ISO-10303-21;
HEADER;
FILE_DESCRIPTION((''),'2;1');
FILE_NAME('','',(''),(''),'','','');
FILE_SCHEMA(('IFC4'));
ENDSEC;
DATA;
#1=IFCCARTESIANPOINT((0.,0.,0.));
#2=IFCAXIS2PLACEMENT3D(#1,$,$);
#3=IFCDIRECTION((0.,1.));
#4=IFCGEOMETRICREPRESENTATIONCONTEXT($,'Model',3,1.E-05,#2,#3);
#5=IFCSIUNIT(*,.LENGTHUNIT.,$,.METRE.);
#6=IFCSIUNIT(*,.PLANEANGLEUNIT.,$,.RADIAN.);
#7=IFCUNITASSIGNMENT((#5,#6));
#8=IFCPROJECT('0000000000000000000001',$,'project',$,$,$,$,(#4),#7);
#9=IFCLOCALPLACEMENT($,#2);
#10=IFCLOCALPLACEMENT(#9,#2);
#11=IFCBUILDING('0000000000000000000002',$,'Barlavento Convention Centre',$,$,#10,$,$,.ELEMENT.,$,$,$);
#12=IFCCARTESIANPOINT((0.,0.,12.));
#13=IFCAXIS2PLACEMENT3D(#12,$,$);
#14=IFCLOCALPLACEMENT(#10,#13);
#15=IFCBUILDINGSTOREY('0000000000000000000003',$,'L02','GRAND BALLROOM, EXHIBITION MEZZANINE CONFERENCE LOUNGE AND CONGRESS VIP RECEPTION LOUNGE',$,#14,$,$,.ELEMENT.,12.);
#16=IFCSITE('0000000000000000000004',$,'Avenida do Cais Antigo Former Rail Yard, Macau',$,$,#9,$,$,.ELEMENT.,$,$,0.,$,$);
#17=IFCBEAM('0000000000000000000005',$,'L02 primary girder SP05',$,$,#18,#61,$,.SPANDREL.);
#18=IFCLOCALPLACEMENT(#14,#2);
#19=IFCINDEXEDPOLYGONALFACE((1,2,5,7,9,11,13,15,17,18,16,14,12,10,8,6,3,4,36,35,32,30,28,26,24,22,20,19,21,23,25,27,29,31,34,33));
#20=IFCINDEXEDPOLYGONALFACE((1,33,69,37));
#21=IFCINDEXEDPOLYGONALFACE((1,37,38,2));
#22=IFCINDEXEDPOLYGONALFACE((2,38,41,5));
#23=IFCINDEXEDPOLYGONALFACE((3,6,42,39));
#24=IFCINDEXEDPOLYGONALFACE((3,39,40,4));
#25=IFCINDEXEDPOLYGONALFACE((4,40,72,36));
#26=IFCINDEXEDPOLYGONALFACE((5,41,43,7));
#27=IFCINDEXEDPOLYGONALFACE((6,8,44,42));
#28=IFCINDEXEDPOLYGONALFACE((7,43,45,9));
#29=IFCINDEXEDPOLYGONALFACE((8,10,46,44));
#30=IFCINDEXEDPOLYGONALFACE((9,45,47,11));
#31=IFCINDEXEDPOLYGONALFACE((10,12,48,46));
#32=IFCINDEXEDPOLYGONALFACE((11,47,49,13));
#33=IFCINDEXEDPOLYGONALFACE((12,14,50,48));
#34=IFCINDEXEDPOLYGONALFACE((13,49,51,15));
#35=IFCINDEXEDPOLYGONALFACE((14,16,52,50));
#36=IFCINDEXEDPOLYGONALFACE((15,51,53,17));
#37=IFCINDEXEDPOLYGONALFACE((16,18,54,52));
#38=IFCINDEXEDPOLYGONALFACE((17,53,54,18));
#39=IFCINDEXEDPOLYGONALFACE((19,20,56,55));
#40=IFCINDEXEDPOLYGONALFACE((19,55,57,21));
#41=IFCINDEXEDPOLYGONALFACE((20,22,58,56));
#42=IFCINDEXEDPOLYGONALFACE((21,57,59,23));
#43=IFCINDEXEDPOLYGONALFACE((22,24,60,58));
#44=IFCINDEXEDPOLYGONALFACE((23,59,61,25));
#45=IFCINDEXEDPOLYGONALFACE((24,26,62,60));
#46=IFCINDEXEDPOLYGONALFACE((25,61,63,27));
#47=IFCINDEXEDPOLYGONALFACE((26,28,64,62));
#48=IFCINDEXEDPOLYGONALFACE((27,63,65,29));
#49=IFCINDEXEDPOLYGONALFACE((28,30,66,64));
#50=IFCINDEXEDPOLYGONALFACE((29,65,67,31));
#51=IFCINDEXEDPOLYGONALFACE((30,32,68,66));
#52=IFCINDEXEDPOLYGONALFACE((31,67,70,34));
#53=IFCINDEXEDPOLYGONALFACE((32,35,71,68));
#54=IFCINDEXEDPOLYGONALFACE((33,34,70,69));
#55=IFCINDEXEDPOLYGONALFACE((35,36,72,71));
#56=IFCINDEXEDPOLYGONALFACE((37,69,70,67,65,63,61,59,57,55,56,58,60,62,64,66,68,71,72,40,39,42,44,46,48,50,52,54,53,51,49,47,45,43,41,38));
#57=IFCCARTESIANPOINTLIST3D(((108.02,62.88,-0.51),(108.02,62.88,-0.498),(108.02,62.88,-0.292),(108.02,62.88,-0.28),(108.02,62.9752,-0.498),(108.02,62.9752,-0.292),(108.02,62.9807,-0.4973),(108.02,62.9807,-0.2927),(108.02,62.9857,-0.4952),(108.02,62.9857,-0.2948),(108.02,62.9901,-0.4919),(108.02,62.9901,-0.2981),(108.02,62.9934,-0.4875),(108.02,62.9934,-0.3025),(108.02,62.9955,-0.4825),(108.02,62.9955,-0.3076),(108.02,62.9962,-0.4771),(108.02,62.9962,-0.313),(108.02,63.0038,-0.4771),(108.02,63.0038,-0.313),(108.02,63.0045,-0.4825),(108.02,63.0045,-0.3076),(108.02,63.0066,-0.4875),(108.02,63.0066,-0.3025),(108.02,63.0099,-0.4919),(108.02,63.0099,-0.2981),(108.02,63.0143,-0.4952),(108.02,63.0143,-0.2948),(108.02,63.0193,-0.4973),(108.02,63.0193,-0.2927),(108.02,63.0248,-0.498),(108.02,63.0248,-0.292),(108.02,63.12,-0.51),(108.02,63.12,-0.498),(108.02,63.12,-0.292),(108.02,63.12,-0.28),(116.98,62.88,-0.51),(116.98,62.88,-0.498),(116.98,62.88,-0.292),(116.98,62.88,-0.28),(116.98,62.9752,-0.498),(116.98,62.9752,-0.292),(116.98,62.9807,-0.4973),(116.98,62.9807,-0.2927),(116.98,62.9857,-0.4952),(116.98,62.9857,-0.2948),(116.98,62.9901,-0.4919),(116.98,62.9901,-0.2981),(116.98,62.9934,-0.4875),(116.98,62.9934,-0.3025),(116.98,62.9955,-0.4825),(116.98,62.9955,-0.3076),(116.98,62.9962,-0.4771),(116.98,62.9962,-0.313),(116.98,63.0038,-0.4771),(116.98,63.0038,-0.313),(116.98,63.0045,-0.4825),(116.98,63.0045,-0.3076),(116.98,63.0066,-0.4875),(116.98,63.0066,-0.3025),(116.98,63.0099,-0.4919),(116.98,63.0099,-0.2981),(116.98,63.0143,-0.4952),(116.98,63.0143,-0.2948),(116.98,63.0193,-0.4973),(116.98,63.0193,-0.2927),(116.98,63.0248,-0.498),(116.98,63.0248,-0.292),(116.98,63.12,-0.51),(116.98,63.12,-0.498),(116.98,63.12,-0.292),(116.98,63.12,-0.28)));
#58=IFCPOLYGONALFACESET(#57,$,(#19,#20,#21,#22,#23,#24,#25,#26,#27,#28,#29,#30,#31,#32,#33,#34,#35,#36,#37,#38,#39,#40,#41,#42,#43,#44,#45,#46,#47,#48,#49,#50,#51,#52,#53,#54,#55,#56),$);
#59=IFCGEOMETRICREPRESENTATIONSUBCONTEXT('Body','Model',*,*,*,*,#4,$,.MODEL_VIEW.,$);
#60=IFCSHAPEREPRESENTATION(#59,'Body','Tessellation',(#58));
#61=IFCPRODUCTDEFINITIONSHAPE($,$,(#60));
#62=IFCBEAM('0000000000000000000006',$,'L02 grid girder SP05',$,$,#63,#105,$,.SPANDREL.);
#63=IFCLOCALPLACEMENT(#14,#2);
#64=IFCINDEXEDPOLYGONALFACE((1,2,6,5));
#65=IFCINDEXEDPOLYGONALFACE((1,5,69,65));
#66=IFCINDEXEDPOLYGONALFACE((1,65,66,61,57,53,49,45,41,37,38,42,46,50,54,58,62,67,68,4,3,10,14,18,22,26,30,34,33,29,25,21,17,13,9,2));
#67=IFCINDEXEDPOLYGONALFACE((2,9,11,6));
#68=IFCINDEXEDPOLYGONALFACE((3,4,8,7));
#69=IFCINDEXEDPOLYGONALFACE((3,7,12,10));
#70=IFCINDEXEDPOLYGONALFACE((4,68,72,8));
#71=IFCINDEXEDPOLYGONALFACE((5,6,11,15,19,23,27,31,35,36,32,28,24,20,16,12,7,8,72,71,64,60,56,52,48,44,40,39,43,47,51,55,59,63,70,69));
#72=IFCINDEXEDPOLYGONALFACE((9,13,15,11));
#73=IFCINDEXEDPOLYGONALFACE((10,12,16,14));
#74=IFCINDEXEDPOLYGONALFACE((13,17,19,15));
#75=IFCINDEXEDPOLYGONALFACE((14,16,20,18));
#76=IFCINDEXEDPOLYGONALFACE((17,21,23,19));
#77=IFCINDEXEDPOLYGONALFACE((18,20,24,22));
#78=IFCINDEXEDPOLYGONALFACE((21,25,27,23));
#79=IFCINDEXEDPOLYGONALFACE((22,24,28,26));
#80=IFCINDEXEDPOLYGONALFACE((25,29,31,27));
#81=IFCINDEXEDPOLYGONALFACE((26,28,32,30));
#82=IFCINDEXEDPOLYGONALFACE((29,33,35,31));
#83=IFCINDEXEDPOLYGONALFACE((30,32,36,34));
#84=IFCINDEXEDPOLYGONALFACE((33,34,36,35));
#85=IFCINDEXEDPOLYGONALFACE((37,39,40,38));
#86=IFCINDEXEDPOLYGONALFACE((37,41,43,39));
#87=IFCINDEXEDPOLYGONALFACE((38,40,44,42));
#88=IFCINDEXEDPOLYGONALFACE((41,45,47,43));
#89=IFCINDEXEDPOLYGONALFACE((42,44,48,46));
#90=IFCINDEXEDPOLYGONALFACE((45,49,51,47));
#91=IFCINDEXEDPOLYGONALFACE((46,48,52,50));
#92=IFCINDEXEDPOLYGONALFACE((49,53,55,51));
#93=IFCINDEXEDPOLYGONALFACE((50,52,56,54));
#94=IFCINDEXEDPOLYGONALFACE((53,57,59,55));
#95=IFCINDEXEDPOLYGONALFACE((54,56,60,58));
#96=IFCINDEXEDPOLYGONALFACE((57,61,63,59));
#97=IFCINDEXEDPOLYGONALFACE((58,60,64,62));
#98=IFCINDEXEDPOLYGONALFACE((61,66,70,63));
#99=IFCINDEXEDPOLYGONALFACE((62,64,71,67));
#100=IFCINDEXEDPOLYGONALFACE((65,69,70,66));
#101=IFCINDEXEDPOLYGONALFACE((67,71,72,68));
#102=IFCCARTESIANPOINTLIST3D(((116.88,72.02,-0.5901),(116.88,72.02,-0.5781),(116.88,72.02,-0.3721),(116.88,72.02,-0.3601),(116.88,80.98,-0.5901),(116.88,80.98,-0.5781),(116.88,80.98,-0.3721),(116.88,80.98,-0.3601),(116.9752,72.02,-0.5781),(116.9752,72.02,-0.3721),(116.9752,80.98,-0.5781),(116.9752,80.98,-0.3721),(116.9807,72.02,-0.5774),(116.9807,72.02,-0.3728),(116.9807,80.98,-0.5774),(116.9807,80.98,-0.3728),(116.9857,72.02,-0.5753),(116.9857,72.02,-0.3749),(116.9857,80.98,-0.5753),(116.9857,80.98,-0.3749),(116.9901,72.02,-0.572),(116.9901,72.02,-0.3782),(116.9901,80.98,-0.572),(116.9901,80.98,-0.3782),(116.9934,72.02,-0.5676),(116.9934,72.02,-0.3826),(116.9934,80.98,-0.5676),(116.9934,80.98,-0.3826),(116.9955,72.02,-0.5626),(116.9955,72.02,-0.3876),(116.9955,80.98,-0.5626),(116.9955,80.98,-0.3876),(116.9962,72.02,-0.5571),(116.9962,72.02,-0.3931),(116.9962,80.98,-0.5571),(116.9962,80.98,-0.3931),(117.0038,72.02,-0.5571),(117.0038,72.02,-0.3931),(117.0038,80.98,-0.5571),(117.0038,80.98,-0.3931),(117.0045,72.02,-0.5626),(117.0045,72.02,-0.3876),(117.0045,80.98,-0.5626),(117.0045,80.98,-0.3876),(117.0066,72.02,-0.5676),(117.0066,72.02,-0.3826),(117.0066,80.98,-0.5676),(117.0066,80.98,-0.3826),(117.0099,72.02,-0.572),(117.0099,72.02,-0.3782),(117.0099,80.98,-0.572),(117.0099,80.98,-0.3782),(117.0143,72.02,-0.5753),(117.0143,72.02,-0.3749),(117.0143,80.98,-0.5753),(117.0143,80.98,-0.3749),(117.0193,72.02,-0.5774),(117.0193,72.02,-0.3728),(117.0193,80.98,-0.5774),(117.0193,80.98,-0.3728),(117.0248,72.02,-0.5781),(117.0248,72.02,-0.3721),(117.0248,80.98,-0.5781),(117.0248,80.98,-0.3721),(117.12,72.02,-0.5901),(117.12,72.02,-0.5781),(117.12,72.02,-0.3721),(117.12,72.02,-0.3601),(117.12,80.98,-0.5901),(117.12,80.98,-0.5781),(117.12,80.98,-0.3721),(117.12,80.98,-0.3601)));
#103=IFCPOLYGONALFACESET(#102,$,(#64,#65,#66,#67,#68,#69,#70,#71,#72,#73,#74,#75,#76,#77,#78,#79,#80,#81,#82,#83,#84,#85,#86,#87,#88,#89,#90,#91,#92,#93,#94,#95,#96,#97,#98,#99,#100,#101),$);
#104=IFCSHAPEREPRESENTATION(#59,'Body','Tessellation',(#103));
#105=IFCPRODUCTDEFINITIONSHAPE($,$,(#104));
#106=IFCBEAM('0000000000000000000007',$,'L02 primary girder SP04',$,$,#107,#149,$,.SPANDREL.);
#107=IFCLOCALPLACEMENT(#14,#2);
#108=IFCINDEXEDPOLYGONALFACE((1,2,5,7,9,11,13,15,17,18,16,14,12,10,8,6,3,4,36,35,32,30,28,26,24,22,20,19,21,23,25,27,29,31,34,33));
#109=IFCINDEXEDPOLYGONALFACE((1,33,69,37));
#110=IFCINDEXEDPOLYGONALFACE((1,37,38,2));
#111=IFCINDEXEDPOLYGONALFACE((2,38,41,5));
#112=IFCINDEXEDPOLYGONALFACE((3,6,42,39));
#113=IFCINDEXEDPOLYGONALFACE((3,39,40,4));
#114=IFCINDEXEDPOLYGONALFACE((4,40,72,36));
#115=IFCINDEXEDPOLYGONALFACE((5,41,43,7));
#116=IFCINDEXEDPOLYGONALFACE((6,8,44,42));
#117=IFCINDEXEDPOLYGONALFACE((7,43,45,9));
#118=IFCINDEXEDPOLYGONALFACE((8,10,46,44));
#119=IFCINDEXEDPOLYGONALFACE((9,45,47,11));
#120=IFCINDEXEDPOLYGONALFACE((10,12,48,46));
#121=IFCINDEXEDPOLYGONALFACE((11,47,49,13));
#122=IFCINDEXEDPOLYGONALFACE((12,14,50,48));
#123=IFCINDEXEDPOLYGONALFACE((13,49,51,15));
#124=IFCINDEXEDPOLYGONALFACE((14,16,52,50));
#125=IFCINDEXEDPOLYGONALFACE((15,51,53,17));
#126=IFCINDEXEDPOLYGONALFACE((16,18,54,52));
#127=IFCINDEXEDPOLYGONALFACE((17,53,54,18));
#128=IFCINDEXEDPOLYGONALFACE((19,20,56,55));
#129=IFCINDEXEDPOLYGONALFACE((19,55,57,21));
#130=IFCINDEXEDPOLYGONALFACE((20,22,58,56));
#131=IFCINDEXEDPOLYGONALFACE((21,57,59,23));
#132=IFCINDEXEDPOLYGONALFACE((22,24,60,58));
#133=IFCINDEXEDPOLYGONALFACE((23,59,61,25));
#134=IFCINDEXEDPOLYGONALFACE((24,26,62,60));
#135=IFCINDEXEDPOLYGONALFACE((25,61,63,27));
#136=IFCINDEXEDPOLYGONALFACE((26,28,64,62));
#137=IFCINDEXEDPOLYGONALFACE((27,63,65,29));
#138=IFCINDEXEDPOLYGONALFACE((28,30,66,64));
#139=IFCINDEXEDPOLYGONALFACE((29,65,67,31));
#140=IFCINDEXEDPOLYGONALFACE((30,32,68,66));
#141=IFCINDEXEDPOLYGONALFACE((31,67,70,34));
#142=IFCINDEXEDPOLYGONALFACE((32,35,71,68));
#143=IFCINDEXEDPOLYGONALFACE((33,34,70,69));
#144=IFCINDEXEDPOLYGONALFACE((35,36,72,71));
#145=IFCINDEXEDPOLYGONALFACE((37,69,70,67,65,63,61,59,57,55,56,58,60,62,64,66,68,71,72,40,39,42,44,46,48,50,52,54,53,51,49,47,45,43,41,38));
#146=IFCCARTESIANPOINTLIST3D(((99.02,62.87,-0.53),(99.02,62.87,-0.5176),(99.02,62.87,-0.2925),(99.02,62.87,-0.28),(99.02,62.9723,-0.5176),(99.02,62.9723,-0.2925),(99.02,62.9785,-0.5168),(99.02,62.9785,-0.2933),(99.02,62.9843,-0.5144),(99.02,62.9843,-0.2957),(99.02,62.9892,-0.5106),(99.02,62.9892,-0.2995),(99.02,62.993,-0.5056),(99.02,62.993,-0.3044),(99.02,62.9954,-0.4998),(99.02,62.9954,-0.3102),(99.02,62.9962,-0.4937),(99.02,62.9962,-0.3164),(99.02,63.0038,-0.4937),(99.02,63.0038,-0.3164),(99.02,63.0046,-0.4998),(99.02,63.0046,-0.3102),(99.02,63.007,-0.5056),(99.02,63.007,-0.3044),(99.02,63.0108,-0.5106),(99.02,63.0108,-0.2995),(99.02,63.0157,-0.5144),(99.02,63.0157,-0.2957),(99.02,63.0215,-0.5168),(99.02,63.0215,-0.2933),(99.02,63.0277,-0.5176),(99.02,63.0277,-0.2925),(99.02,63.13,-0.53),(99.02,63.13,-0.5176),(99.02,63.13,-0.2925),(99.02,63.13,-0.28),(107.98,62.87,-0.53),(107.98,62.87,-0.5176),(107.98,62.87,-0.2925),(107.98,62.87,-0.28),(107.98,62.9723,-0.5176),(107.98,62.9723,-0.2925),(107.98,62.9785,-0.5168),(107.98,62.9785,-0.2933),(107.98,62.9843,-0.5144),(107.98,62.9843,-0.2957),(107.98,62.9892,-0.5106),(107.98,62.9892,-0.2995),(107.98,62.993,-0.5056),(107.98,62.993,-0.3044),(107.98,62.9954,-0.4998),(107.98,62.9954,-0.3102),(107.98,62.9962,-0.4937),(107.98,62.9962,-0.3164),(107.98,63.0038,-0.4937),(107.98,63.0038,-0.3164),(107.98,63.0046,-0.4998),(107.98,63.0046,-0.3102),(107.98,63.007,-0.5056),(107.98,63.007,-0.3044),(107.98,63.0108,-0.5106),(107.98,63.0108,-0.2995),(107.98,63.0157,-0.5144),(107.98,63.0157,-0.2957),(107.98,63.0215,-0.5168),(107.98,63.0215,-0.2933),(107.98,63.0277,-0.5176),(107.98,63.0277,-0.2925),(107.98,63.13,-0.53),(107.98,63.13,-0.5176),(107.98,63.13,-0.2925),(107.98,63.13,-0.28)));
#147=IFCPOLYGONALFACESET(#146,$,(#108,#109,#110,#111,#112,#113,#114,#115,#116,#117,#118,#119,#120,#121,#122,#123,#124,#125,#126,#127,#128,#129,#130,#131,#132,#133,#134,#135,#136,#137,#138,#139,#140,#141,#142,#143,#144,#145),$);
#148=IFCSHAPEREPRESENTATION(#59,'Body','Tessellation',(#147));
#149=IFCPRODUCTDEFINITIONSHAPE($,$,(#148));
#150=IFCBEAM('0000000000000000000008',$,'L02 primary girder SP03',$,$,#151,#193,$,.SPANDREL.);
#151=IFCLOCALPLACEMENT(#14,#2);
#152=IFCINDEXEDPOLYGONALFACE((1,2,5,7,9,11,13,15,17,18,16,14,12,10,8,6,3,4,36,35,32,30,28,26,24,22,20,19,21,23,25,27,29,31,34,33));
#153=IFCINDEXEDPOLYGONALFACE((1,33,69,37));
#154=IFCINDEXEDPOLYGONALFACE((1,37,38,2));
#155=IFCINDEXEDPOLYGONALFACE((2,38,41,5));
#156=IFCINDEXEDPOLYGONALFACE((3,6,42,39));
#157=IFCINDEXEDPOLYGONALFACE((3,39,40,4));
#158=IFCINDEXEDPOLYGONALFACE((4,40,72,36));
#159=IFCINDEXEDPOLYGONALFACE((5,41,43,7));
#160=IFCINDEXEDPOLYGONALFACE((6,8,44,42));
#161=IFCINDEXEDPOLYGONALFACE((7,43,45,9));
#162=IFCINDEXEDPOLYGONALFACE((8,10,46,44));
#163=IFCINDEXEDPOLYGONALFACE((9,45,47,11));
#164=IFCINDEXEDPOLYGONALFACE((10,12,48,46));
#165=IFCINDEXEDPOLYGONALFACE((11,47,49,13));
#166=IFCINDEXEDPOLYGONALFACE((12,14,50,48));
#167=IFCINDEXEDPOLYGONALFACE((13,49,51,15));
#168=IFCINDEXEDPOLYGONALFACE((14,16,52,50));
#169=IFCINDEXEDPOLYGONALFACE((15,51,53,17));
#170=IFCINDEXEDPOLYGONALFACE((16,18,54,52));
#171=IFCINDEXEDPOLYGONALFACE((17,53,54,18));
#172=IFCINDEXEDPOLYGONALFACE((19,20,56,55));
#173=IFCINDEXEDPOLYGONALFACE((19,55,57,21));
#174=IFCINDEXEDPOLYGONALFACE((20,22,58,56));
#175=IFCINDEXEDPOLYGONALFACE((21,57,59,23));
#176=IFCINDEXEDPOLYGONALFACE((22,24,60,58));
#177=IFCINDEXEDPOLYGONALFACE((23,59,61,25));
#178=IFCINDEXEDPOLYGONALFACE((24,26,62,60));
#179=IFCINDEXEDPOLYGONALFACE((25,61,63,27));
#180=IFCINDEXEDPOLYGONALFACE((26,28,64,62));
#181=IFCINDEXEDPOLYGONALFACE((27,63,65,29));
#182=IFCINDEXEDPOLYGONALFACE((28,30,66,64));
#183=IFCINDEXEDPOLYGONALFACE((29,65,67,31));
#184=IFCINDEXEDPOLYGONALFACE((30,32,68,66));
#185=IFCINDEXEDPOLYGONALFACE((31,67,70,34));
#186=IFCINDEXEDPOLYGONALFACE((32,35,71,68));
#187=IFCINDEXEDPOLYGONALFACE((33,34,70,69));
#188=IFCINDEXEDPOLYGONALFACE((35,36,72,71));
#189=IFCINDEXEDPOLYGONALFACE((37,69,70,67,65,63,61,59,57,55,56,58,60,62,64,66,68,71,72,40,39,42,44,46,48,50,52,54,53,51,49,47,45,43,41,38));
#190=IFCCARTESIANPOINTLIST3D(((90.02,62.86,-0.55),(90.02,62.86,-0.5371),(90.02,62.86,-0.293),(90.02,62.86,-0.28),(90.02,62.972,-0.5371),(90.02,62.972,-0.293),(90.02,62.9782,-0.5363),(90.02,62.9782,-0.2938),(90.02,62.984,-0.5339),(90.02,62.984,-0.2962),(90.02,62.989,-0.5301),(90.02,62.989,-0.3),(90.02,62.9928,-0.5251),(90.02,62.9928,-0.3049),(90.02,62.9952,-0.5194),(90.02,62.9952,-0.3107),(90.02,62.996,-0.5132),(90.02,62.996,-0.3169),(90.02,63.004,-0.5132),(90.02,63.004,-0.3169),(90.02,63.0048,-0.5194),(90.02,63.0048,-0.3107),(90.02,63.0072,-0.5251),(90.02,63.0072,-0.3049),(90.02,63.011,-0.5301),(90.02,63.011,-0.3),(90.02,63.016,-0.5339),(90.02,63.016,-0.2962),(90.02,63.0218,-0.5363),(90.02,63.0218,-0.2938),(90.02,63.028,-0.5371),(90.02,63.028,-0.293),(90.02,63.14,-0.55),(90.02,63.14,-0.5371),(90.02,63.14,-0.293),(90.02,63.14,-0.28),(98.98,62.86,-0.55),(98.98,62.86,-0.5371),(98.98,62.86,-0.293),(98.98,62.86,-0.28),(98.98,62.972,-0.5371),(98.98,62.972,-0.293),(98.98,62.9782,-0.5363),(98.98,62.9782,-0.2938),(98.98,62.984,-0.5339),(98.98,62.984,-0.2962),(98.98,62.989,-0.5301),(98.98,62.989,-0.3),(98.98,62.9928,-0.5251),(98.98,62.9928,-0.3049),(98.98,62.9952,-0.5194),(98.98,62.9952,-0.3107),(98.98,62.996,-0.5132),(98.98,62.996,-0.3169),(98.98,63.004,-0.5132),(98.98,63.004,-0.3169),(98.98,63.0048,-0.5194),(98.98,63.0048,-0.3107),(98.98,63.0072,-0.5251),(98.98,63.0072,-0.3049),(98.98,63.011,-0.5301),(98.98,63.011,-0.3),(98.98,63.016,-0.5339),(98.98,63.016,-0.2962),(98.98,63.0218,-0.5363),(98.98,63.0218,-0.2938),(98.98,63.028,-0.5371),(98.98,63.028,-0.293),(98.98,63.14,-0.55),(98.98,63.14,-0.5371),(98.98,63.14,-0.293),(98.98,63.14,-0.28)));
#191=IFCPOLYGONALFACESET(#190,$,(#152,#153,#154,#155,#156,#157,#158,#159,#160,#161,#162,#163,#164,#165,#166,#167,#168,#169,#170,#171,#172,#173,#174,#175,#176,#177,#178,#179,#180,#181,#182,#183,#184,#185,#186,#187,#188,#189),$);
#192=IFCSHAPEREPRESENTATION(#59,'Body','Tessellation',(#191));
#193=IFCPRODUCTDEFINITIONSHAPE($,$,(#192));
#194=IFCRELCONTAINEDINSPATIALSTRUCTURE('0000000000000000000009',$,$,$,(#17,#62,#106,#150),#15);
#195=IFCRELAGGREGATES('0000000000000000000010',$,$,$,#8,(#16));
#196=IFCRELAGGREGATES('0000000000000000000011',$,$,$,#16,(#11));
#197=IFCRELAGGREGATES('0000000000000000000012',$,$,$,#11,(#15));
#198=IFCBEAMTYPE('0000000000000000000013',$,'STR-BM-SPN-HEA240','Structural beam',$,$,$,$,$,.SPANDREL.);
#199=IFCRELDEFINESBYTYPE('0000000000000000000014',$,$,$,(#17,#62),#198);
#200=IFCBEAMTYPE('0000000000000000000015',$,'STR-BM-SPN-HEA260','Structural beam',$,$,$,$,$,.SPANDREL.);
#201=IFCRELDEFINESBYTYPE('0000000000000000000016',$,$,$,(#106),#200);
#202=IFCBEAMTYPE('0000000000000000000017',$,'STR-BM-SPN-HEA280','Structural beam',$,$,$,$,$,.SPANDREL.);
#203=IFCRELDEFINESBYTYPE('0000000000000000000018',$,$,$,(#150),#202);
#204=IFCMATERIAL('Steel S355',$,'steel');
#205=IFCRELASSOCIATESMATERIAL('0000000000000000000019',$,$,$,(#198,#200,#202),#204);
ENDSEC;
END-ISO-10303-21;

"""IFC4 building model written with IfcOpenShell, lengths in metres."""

from ifc_helpers import new_model, si_unit, direction, frame, origin, origin_2d, place, context, subcontext, project, spatial, i_section, extrude, material, material_profile, profile_set, type_object, element, save


model = new_model("IFC4")

# Units and contexts
model_context = context("Model", 3, precision=1e-05, world=origin(), true_north=direction((0.0, 1.0)))
body_context = subcontext(model_context, "Body", "Model", "MODEL_VIEW")
ifc_project = project(units=[si_unit("LENGTHUNIT", "METRE"), si_unit("PLANEANGLEUNIT", "RADIAN")], contexts=[model_context])

# Site, building, storey
site_placement = place(None, origin())
site = spatial("IfcSite", under=ifc_project, at=site_placement, Name="Avenida do Cais Antigo Former Rail Yard, Macau", CompositionType="ELEMENT", RefElevation=0.0)
building_placement = place(site_placement, origin())
building = spatial("IfcBuilding", under=site, at=building_placement, Name="Barlavento Convention Centre", CompositionType="ELEMENT")
storey_placement = place(building_placement, frame((0.0, 0.0, 12.0)))
storey = spatial("IfcBuildingStorey", under=building, at=storey_placement, Name="L02", Description="GRAND BALLROOM, EXHIBITION MEZZANINE CONFERENCE LOUNGE AND CONGRESS VIP RECEPTION LOUNGE", CompositionType="ELEMENT", Elevation=12.0)

# Shared definitions
ifc_material_1 = material(Name="Steel S355", Category="steel")

# Beams
ifc_material_profile_1 = material_profile(ifc_material_1, i_section(OverallWidth=0.24, OverallDepth=0.23, WebThickness=0.0076, FlangeThickness=0.012, FilletRadius=0.021, at=origin_2d()), Name="HEA 240")
ifc_profile_set_1 = profile_set([ifc_material_profile_1], Name="Steel S355")
beam_type_1 = type_object("IfcBeamType", Name="STR-BM-SPN-HEA240", Description="Structural beam", PredefinedType="SPANDREL", material=ifc_profile_set_1)
for number, where, z_axis, x_axis, name in (
    (1, (108.02, 63.0, -0.395), (1.0, 0.0, 0.0), (0.0, 1.0, 0.0), "L02 primary girder SP05"),
    (2, (117.0, 72.02, -0.4751), (0.0, 1.0, 0.0), (-1.0, 0.0, 0.0), "L02 grid girder SP05"),
):
    element("IfcBeam", number, at=place(storey_placement, frame(where, z_axis=z_axis, x_axis=x_axis)), inside=storey, type_object=beam_type_1, Name=name, PredefinedType="SPANDREL", context=body_context, shape_type="SweptSolid", body=[
        extrude(i_section(OverallWidth=0.24, OverallDepth=0.23, WebThickness=0.0076, FlangeThickness=0.012, FilletRadius=0.021, at=origin_2d()), origin(), (0.0, 0.0, 1.0), 8.96),
    ])
ifc_material_profile_2 = material_profile(ifc_material_1, i_section(OverallWidth=0.26, OverallDepth=0.25, WebThickness=0.0076, FlangeThickness=0.0125, FilletRadius=0.0239, at=origin_2d()), Name="HEA 260")
ifc_profile_set_2 = profile_set([ifc_material_profile_2], Name="Steel S355")
beam_type_2 = type_object("IfcBeamType", Name="STR-BM-SPN-HEA260", Description="Structural beam", PredefinedType="SPANDREL", material=ifc_profile_set_2)
beam_1_placement = place(storey_placement, frame((99.02, 63.0, -0.405), z_axis=(1.0, 0.0, 0.0), x_axis=(0.0, 1.0, 0.0)))
element("IfcBeam", 3, at=beam_1_placement, inside=storey, type_object=beam_type_2, Name="L02 primary girder SP04", PredefinedType="SPANDREL", context=body_context, shape_type="SweptSolid", body=[
    extrude(i_section(OverallWidth=0.26, OverallDepth=0.25, WebThickness=0.0076, FlangeThickness=0.0125, FilletRadius=0.0239, at=origin_2d()), origin(), (0.0, 0.0, 1.0), 8.96),
])
ifc_material_profile_3 = material_profile(ifc_material_1, i_section(OverallWidth=0.28, OverallDepth=0.27, WebThickness=0.0081, FlangeThickness=0.0129, FilletRadius=0.0239, at=origin_2d()), Name="HEA 280")
ifc_profile_set_3 = profile_set([ifc_material_profile_3], Name="Steel S355")
beam_type_3 = type_object("IfcBeamType", Name="STR-BM-SPN-HEA280", Description="Structural beam", PredefinedType="SPANDREL", material=ifc_profile_set_3)
for number, where, z_axis, x_axis, name in (
    (4, (90.02, 63.0, -0.415), (1.0, 0.0, 0.0), (0.0, 1.0, 0.0), "L02 primary girder SP03"),
):
    element("IfcBeam", number, at=place(storey_placement, frame(where, z_axis=z_axis, x_axis=x_axis)), inside=storey, type_object=beam_type_3, Name=name, PredefinedType="SPANDREL", context=body_context, shape_type="SweptSolid", body=[
        extrude(i_section(OverallWidth=0.28, OverallDepth=0.27, WebThickness=0.0081, FlangeThickness=0.0129, FilletRadius=0.0239, at=origin_2d()), origin(), (0.0, 0.0, 1.0), 8.96),
    ])

save(model, "model.ifc")
